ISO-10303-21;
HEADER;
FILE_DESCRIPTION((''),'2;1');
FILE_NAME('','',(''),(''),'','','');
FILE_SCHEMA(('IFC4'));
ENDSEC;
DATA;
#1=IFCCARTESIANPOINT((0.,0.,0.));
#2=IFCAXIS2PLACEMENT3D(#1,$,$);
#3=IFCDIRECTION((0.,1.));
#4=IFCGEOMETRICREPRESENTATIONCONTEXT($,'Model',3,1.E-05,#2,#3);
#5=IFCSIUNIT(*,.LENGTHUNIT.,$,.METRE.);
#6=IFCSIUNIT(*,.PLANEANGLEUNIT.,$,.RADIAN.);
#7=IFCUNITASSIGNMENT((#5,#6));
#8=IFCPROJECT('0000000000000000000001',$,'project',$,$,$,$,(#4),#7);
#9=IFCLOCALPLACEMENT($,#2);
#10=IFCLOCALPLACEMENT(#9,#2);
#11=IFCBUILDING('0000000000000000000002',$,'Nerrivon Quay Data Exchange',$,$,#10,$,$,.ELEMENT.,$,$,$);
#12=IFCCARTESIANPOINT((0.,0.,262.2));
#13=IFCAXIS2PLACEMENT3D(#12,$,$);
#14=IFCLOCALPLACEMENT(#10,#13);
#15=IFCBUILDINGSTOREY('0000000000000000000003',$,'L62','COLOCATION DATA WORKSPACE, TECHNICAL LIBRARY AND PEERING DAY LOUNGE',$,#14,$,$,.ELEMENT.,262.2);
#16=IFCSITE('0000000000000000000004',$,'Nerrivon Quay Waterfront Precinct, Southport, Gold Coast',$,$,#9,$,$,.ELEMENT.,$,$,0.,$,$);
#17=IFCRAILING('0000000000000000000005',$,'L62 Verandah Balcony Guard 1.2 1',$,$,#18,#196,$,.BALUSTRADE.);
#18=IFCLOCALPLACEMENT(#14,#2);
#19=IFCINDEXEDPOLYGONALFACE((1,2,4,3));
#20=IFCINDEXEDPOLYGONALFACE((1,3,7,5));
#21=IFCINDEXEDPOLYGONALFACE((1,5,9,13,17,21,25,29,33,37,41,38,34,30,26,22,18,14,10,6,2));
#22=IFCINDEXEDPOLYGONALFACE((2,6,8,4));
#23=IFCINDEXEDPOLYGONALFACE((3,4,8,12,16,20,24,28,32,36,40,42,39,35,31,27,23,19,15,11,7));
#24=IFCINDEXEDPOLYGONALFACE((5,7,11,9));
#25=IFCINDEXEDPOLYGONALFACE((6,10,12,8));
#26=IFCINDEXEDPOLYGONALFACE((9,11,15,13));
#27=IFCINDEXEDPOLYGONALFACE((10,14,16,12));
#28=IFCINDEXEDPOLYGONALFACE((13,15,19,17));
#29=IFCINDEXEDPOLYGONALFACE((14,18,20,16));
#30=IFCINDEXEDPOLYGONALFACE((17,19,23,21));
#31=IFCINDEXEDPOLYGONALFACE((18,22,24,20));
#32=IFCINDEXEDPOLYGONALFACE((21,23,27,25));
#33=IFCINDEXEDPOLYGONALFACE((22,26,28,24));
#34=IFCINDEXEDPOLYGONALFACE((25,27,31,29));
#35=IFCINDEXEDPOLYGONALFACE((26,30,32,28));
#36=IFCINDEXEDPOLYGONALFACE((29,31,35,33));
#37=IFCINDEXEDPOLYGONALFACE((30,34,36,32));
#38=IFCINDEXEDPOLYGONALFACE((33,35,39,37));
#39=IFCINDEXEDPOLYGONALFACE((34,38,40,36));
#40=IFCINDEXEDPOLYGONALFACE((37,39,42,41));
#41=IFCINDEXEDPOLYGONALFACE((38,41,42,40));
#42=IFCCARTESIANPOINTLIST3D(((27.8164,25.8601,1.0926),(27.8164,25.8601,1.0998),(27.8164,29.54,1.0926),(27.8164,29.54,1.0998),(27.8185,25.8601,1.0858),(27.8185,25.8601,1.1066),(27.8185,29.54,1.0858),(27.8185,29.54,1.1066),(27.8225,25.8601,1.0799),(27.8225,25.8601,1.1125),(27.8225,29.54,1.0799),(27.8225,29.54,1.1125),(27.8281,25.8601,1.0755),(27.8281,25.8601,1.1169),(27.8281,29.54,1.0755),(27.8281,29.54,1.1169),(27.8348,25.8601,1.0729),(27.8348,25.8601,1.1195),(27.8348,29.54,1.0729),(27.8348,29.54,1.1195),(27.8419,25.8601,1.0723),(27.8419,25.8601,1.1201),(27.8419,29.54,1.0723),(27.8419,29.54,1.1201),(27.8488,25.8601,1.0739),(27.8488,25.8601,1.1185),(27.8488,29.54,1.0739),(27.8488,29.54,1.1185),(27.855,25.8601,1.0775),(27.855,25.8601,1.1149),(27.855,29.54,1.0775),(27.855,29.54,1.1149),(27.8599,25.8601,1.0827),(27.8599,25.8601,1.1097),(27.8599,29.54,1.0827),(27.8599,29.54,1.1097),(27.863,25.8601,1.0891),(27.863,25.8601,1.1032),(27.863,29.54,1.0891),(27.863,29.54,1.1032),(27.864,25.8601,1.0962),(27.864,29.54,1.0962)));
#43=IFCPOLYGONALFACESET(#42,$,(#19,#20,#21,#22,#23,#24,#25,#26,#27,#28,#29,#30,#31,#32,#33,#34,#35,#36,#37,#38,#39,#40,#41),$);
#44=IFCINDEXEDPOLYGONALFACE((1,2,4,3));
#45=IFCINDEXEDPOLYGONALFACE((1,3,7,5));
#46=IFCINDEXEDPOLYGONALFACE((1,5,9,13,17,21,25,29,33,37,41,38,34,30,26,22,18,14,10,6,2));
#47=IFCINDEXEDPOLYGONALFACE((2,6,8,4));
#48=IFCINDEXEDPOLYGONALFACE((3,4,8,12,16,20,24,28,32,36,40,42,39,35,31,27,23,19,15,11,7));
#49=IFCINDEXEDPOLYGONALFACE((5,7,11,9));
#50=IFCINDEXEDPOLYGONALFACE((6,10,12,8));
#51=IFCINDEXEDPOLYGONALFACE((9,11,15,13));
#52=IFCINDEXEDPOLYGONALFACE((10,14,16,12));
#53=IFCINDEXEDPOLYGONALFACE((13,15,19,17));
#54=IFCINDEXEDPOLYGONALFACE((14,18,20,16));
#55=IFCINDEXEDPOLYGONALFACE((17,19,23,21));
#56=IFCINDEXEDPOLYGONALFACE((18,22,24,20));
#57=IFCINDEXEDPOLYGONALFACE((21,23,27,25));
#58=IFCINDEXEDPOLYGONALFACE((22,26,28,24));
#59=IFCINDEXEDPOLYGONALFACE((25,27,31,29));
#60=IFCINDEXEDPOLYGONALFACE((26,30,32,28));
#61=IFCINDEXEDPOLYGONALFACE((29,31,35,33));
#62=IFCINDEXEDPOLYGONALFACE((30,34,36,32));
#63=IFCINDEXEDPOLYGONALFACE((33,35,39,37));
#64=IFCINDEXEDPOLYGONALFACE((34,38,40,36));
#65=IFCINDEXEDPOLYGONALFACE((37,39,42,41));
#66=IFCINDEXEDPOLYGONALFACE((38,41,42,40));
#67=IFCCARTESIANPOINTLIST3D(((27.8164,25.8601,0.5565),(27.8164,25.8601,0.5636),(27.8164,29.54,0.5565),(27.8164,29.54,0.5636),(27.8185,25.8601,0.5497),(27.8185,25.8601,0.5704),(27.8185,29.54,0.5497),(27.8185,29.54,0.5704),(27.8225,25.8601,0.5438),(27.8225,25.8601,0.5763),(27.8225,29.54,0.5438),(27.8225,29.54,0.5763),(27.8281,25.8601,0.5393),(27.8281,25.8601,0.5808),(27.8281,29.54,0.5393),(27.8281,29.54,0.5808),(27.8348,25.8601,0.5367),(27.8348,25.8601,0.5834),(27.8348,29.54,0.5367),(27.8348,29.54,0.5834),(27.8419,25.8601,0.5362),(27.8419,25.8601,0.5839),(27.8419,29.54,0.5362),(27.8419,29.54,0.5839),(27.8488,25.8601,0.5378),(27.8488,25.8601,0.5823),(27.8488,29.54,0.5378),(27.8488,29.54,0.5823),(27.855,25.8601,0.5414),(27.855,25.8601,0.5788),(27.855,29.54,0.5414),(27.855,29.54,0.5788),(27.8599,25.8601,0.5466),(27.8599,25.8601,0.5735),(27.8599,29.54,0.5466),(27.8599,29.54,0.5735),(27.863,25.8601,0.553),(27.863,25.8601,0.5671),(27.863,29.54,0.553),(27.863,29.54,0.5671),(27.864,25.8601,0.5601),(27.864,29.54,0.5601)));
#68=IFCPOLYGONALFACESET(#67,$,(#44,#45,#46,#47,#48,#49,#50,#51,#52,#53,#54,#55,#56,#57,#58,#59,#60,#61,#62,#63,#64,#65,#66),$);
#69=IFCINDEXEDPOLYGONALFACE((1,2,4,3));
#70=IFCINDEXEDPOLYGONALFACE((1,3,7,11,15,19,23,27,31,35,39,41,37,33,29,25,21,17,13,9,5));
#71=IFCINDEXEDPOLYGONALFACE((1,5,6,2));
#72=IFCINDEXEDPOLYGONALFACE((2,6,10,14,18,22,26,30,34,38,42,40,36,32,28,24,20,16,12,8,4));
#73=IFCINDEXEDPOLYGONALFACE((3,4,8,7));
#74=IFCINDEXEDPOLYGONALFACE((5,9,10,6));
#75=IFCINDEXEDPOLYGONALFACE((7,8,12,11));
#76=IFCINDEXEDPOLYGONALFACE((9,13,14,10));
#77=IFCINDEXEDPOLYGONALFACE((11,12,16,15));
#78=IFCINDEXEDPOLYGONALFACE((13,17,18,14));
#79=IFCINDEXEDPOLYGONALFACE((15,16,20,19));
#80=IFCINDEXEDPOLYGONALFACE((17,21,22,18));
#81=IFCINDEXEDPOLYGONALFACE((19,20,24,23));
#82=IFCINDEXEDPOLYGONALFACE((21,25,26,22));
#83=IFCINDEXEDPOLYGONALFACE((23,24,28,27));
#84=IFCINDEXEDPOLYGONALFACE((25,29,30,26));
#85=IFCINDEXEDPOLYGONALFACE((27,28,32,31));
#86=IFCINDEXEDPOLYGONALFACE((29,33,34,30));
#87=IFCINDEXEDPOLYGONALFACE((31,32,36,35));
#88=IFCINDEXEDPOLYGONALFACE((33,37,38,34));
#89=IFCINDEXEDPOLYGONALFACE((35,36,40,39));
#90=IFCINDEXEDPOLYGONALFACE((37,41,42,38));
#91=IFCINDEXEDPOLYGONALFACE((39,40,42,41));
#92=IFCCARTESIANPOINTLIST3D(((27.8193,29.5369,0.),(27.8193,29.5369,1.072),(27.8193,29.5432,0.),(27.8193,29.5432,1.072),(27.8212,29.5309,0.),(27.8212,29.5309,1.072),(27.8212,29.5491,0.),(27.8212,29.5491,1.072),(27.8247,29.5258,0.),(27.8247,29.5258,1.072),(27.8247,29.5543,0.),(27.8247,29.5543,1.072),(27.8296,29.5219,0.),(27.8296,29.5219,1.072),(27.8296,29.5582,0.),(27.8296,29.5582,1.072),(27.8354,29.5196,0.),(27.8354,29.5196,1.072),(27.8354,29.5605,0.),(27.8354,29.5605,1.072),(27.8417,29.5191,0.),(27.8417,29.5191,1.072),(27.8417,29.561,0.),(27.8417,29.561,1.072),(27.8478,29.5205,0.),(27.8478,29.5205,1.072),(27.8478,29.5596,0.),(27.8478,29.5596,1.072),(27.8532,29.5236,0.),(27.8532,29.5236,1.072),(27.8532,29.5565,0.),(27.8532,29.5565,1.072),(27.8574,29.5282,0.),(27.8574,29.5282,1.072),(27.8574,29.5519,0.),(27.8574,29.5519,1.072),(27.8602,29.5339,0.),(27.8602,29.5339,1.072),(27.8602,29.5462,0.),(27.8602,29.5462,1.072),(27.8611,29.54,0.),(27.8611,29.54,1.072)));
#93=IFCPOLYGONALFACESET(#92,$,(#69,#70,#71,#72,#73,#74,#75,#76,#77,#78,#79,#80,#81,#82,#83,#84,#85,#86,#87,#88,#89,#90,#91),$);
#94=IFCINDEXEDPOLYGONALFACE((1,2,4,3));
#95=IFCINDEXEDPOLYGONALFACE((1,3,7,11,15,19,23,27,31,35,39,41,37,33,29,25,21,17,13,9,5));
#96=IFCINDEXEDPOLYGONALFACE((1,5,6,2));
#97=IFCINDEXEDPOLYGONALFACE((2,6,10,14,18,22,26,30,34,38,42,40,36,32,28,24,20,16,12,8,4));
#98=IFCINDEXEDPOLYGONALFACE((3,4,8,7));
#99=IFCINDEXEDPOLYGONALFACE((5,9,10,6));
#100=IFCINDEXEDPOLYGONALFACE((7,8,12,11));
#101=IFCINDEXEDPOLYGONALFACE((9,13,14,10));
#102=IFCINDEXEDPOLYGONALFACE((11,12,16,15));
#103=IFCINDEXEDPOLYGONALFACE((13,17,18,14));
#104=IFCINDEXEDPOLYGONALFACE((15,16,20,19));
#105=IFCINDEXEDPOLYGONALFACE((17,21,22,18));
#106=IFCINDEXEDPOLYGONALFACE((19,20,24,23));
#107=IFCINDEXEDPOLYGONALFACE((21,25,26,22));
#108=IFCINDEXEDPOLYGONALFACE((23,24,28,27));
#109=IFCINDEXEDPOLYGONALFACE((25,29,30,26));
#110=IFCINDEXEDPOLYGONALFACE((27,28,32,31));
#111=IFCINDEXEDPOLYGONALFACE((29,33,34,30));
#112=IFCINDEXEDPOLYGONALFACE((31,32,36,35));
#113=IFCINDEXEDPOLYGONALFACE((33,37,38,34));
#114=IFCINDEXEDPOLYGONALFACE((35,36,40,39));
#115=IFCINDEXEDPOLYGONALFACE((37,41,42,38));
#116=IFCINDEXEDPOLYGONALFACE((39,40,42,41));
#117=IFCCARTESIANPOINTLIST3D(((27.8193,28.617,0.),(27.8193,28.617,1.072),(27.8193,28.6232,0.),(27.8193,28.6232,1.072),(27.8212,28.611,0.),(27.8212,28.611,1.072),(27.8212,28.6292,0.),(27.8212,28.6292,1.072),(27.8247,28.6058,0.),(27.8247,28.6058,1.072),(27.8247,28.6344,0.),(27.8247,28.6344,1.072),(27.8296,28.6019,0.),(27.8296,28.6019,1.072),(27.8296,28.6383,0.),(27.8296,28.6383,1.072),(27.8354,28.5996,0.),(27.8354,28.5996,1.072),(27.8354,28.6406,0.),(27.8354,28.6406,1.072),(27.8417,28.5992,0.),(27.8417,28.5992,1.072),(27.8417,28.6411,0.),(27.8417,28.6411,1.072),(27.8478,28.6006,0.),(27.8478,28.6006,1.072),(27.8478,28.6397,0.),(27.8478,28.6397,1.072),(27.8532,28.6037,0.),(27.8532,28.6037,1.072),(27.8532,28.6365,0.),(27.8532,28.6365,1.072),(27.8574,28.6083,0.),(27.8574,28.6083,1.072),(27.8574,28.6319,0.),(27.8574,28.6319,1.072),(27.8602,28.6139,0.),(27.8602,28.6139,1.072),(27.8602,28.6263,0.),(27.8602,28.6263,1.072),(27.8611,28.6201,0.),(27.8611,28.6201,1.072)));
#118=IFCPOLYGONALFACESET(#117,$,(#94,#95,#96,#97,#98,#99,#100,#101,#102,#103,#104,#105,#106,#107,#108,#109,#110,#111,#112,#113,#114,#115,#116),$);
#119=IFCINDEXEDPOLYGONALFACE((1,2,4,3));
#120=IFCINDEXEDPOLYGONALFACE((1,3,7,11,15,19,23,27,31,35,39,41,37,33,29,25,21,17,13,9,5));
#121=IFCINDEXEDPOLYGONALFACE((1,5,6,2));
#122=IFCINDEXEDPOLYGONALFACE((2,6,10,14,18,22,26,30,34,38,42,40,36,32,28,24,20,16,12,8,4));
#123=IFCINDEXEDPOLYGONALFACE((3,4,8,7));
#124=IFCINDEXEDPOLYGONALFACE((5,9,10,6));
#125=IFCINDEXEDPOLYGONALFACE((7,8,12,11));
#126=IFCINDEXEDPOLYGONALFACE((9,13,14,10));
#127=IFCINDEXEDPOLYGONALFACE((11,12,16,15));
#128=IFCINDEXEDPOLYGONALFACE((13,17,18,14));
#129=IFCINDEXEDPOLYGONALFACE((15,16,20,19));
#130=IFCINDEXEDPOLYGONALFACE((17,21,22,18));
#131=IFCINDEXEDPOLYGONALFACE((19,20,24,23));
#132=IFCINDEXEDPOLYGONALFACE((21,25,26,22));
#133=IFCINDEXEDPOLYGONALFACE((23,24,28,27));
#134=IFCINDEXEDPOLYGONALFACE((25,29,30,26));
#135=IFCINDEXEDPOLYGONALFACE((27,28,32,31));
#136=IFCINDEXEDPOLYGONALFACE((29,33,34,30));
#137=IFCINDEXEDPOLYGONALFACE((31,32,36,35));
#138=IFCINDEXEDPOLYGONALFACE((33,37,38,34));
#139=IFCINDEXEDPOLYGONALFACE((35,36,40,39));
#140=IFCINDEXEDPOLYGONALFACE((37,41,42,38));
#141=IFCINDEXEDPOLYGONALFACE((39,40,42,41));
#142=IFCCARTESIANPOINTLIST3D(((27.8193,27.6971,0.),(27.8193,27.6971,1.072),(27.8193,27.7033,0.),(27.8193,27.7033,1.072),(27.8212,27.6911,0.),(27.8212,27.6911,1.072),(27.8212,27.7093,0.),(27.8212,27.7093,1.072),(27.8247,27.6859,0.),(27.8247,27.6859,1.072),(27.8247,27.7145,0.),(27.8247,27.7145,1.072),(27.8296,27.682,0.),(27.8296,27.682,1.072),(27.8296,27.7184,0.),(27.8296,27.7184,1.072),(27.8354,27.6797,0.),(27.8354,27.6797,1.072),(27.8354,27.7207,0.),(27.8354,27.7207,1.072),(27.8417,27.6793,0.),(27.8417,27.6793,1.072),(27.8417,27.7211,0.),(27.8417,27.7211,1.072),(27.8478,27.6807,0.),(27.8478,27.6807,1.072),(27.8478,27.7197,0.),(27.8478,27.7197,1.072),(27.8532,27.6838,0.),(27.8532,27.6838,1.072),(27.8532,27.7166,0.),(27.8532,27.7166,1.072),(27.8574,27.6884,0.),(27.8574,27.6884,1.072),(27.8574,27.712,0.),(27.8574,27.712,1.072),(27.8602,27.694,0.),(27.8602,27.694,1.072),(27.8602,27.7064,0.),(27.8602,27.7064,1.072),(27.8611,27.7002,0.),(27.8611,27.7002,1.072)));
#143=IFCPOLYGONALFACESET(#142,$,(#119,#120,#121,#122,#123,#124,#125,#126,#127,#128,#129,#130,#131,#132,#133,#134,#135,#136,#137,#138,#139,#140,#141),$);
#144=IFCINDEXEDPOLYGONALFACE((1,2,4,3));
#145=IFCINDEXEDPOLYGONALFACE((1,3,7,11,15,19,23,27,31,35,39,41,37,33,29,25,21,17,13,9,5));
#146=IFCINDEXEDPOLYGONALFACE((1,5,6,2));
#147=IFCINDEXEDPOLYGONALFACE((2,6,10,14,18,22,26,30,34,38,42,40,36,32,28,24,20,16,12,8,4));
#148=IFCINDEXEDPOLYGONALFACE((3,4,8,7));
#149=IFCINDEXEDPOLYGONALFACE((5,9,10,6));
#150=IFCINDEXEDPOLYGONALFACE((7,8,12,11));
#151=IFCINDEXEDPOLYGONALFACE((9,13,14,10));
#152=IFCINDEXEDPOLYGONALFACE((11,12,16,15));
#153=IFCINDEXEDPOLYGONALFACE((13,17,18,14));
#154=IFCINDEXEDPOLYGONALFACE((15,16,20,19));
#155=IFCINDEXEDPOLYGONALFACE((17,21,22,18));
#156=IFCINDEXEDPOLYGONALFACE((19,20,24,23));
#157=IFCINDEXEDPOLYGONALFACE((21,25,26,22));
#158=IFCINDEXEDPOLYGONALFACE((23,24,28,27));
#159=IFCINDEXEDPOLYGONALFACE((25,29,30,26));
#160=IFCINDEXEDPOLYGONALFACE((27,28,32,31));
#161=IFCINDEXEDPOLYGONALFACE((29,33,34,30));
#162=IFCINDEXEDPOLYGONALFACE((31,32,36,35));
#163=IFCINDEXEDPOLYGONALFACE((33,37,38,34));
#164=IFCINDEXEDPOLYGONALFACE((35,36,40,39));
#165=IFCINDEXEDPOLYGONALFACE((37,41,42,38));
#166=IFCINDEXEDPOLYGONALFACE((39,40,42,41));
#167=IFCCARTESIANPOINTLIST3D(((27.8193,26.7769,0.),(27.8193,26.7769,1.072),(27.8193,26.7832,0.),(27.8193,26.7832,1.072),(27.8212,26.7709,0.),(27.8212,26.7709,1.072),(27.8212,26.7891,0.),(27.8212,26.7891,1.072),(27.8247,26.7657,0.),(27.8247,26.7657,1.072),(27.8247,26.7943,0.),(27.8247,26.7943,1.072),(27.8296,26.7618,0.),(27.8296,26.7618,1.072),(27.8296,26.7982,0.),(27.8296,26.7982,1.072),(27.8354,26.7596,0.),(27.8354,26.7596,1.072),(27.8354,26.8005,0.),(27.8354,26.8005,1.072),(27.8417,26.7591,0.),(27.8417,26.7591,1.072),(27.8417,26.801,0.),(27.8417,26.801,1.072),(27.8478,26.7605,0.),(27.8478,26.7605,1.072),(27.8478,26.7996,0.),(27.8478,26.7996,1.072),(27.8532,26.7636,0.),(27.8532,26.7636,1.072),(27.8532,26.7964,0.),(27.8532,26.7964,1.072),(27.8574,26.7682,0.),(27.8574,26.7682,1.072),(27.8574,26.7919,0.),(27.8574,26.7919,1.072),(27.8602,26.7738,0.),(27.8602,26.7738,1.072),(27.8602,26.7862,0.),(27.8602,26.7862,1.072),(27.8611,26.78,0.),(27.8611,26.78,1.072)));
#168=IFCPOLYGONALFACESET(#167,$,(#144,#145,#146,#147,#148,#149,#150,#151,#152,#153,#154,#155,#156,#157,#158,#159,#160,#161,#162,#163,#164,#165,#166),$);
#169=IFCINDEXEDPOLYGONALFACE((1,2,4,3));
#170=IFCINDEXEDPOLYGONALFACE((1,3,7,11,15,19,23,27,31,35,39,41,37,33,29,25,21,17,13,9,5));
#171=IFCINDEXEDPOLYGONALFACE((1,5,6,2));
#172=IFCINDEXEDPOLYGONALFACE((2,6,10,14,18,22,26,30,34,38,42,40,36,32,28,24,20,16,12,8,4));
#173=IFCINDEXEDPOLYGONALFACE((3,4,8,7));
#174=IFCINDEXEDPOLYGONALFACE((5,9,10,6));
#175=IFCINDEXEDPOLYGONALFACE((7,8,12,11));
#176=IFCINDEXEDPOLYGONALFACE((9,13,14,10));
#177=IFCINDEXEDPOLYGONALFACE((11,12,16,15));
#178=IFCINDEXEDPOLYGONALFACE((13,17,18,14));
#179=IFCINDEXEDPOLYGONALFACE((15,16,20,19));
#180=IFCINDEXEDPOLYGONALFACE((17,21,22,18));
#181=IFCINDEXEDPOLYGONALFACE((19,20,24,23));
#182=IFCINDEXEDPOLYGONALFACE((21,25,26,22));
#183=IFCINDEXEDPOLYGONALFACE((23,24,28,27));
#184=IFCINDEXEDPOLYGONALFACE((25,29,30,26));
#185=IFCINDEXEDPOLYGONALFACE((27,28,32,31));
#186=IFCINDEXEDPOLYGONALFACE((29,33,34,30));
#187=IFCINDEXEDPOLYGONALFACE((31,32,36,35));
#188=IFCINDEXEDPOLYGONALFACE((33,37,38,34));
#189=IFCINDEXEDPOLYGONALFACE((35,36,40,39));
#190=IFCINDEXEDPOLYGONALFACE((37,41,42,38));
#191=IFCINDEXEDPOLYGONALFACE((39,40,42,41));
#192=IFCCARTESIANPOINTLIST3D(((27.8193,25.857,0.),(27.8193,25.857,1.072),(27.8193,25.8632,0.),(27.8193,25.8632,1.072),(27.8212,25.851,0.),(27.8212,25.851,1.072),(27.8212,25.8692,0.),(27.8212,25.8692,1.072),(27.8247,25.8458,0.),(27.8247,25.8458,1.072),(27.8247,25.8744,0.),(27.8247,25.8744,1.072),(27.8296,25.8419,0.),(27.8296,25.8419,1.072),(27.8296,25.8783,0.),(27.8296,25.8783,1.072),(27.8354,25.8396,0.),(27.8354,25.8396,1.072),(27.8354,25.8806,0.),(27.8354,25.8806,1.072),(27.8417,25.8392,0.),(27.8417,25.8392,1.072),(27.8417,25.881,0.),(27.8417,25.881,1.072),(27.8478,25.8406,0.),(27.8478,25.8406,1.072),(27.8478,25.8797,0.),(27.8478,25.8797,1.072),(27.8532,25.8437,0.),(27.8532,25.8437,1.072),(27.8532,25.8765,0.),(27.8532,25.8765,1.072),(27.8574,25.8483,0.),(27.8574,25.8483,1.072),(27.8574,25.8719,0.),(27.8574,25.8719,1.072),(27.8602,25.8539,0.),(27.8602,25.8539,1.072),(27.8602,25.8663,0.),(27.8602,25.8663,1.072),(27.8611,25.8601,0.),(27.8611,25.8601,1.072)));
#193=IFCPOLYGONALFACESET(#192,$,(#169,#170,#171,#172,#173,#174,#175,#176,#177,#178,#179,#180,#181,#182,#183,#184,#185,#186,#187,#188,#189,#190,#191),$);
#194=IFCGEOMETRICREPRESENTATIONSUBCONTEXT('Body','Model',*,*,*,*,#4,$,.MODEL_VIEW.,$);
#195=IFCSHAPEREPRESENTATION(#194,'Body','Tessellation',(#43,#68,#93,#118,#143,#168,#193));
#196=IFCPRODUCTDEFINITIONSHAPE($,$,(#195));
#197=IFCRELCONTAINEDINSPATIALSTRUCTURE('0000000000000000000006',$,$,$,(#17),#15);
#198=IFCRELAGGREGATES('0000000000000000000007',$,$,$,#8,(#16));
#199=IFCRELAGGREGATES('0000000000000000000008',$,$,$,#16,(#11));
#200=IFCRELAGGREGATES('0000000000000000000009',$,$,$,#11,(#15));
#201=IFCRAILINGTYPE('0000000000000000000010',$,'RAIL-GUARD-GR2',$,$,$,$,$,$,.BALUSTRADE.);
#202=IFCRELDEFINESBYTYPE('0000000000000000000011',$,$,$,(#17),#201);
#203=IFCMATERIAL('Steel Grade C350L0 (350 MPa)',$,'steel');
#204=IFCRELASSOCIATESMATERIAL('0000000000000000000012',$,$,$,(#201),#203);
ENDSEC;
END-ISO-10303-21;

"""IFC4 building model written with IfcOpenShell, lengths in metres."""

from ifc_helpers import new_model, si_unit, direction, frame, origin, origin_2d, place, context, subcontext, project, spatial, circle, extrude, material, type_object, element, save


model = new_model("IFC4")

# Units and contexts
model_context = context("Model", 3, precision=1e-05, world=origin(), true_north=direction((0.0, 1.0)))
body_context = subcontext(model_context, "Body", "Model", "MODEL_VIEW")
ifc_project = project(units=[si_unit("LENGTHUNIT", "METRE"), si_unit("PLANEANGLEUNIT", "RADIAN")], contexts=[model_context])

# Site, building, storey
site_placement = place(None, origin())
site = spatial("IfcSite", under=ifc_project, at=site_placement, Name="Nerrivon Quay Waterfront Precinct, Southport, Gold Coast", CompositionType="ELEMENT", RefElevation=0.0)
building_placement = place(site_placement, origin())
building = spatial("IfcBuilding", under=site, at=building_placement, Name="Nerrivon Quay Data Exchange", CompositionType="ELEMENT")
storey_placement = place(building_placement, frame((0.0, 0.0, 262.2)))
storey = spatial("IfcBuildingStorey", under=building, at=storey_placement, Name="L62", Description="COLOCATION DATA WORKSPACE, TECHNICAL LIBRARY AND PEERING DAY LOUNGE", CompositionType="ELEMENT", Elevation=262.2)

# Shared definitions
ifc_material_1 = material(Name="Steel Grade C350L0 (350 MPa)", Category="steel")

# Railing
railing_type = type_object("IfcRailingType", Name="RAIL-GUARD-GR2", PredefinedType="BALUSTRADE", material=ifc_material_1)
railing_1_placement = place(storey_placement, frame((27.8401, 29.54, 0.0)))
element("IfcRailing", 1, at=railing_1_placement, inside=storey, type_object=railing_type, Name="L62 Verandah Balcony Guard 1.2 1", PredefinedType="BALUSTRADE", context=body_context, shape_type="SweptSolid", body=[
    extrude(circle(Radius=0.0239, at=origin_2d()), frame((0.0, 0.0, 1.0962), z_axis=(0.0, -1.0, 0.0), x_axis=(1.0, 0.0, 0.0)), (0.0, 0.0, 1.0), 3.6799),
    extrude(circle(Radius=0.0239, at=origin_2d()), frame((0.0, 0.0, 0.5601), z_axis=(0.0, -1.0, 0.0), x_axis=(1.0, 0.0, 0.0)), (0.0, 0.0, 1.0), 3.6799),
    extrude(circle(Radius=0.021, at=origin_2d()), origin(), (0.0, 0.0, 1.0), 1.072),
    extrude(circle(Radius=0.021, at=origin_2d()), frame((0.0, -0.9199, 0.0)), (0.0, 0.0, 1.0), 1.072),
    extrude(circle(Radius=0.021, at=origin_2d()), frame((0.0, -1.8398, 0.0)), (0.0, 0.0, 1.0), 1.072),
    extrude(circle(Radius=0.021, at=origin_2d()), frame((0.0, -2.76, 0.0)), (0.0, 0.0, 1.0), 1.072),
    extrude(circle(Radius=0.021, at=origin_2d()), frame((0.0, -3.6799, 0.0)), (0.0, 0.0, 1.0), 1.072),
])

save(model, "model.ifc")
